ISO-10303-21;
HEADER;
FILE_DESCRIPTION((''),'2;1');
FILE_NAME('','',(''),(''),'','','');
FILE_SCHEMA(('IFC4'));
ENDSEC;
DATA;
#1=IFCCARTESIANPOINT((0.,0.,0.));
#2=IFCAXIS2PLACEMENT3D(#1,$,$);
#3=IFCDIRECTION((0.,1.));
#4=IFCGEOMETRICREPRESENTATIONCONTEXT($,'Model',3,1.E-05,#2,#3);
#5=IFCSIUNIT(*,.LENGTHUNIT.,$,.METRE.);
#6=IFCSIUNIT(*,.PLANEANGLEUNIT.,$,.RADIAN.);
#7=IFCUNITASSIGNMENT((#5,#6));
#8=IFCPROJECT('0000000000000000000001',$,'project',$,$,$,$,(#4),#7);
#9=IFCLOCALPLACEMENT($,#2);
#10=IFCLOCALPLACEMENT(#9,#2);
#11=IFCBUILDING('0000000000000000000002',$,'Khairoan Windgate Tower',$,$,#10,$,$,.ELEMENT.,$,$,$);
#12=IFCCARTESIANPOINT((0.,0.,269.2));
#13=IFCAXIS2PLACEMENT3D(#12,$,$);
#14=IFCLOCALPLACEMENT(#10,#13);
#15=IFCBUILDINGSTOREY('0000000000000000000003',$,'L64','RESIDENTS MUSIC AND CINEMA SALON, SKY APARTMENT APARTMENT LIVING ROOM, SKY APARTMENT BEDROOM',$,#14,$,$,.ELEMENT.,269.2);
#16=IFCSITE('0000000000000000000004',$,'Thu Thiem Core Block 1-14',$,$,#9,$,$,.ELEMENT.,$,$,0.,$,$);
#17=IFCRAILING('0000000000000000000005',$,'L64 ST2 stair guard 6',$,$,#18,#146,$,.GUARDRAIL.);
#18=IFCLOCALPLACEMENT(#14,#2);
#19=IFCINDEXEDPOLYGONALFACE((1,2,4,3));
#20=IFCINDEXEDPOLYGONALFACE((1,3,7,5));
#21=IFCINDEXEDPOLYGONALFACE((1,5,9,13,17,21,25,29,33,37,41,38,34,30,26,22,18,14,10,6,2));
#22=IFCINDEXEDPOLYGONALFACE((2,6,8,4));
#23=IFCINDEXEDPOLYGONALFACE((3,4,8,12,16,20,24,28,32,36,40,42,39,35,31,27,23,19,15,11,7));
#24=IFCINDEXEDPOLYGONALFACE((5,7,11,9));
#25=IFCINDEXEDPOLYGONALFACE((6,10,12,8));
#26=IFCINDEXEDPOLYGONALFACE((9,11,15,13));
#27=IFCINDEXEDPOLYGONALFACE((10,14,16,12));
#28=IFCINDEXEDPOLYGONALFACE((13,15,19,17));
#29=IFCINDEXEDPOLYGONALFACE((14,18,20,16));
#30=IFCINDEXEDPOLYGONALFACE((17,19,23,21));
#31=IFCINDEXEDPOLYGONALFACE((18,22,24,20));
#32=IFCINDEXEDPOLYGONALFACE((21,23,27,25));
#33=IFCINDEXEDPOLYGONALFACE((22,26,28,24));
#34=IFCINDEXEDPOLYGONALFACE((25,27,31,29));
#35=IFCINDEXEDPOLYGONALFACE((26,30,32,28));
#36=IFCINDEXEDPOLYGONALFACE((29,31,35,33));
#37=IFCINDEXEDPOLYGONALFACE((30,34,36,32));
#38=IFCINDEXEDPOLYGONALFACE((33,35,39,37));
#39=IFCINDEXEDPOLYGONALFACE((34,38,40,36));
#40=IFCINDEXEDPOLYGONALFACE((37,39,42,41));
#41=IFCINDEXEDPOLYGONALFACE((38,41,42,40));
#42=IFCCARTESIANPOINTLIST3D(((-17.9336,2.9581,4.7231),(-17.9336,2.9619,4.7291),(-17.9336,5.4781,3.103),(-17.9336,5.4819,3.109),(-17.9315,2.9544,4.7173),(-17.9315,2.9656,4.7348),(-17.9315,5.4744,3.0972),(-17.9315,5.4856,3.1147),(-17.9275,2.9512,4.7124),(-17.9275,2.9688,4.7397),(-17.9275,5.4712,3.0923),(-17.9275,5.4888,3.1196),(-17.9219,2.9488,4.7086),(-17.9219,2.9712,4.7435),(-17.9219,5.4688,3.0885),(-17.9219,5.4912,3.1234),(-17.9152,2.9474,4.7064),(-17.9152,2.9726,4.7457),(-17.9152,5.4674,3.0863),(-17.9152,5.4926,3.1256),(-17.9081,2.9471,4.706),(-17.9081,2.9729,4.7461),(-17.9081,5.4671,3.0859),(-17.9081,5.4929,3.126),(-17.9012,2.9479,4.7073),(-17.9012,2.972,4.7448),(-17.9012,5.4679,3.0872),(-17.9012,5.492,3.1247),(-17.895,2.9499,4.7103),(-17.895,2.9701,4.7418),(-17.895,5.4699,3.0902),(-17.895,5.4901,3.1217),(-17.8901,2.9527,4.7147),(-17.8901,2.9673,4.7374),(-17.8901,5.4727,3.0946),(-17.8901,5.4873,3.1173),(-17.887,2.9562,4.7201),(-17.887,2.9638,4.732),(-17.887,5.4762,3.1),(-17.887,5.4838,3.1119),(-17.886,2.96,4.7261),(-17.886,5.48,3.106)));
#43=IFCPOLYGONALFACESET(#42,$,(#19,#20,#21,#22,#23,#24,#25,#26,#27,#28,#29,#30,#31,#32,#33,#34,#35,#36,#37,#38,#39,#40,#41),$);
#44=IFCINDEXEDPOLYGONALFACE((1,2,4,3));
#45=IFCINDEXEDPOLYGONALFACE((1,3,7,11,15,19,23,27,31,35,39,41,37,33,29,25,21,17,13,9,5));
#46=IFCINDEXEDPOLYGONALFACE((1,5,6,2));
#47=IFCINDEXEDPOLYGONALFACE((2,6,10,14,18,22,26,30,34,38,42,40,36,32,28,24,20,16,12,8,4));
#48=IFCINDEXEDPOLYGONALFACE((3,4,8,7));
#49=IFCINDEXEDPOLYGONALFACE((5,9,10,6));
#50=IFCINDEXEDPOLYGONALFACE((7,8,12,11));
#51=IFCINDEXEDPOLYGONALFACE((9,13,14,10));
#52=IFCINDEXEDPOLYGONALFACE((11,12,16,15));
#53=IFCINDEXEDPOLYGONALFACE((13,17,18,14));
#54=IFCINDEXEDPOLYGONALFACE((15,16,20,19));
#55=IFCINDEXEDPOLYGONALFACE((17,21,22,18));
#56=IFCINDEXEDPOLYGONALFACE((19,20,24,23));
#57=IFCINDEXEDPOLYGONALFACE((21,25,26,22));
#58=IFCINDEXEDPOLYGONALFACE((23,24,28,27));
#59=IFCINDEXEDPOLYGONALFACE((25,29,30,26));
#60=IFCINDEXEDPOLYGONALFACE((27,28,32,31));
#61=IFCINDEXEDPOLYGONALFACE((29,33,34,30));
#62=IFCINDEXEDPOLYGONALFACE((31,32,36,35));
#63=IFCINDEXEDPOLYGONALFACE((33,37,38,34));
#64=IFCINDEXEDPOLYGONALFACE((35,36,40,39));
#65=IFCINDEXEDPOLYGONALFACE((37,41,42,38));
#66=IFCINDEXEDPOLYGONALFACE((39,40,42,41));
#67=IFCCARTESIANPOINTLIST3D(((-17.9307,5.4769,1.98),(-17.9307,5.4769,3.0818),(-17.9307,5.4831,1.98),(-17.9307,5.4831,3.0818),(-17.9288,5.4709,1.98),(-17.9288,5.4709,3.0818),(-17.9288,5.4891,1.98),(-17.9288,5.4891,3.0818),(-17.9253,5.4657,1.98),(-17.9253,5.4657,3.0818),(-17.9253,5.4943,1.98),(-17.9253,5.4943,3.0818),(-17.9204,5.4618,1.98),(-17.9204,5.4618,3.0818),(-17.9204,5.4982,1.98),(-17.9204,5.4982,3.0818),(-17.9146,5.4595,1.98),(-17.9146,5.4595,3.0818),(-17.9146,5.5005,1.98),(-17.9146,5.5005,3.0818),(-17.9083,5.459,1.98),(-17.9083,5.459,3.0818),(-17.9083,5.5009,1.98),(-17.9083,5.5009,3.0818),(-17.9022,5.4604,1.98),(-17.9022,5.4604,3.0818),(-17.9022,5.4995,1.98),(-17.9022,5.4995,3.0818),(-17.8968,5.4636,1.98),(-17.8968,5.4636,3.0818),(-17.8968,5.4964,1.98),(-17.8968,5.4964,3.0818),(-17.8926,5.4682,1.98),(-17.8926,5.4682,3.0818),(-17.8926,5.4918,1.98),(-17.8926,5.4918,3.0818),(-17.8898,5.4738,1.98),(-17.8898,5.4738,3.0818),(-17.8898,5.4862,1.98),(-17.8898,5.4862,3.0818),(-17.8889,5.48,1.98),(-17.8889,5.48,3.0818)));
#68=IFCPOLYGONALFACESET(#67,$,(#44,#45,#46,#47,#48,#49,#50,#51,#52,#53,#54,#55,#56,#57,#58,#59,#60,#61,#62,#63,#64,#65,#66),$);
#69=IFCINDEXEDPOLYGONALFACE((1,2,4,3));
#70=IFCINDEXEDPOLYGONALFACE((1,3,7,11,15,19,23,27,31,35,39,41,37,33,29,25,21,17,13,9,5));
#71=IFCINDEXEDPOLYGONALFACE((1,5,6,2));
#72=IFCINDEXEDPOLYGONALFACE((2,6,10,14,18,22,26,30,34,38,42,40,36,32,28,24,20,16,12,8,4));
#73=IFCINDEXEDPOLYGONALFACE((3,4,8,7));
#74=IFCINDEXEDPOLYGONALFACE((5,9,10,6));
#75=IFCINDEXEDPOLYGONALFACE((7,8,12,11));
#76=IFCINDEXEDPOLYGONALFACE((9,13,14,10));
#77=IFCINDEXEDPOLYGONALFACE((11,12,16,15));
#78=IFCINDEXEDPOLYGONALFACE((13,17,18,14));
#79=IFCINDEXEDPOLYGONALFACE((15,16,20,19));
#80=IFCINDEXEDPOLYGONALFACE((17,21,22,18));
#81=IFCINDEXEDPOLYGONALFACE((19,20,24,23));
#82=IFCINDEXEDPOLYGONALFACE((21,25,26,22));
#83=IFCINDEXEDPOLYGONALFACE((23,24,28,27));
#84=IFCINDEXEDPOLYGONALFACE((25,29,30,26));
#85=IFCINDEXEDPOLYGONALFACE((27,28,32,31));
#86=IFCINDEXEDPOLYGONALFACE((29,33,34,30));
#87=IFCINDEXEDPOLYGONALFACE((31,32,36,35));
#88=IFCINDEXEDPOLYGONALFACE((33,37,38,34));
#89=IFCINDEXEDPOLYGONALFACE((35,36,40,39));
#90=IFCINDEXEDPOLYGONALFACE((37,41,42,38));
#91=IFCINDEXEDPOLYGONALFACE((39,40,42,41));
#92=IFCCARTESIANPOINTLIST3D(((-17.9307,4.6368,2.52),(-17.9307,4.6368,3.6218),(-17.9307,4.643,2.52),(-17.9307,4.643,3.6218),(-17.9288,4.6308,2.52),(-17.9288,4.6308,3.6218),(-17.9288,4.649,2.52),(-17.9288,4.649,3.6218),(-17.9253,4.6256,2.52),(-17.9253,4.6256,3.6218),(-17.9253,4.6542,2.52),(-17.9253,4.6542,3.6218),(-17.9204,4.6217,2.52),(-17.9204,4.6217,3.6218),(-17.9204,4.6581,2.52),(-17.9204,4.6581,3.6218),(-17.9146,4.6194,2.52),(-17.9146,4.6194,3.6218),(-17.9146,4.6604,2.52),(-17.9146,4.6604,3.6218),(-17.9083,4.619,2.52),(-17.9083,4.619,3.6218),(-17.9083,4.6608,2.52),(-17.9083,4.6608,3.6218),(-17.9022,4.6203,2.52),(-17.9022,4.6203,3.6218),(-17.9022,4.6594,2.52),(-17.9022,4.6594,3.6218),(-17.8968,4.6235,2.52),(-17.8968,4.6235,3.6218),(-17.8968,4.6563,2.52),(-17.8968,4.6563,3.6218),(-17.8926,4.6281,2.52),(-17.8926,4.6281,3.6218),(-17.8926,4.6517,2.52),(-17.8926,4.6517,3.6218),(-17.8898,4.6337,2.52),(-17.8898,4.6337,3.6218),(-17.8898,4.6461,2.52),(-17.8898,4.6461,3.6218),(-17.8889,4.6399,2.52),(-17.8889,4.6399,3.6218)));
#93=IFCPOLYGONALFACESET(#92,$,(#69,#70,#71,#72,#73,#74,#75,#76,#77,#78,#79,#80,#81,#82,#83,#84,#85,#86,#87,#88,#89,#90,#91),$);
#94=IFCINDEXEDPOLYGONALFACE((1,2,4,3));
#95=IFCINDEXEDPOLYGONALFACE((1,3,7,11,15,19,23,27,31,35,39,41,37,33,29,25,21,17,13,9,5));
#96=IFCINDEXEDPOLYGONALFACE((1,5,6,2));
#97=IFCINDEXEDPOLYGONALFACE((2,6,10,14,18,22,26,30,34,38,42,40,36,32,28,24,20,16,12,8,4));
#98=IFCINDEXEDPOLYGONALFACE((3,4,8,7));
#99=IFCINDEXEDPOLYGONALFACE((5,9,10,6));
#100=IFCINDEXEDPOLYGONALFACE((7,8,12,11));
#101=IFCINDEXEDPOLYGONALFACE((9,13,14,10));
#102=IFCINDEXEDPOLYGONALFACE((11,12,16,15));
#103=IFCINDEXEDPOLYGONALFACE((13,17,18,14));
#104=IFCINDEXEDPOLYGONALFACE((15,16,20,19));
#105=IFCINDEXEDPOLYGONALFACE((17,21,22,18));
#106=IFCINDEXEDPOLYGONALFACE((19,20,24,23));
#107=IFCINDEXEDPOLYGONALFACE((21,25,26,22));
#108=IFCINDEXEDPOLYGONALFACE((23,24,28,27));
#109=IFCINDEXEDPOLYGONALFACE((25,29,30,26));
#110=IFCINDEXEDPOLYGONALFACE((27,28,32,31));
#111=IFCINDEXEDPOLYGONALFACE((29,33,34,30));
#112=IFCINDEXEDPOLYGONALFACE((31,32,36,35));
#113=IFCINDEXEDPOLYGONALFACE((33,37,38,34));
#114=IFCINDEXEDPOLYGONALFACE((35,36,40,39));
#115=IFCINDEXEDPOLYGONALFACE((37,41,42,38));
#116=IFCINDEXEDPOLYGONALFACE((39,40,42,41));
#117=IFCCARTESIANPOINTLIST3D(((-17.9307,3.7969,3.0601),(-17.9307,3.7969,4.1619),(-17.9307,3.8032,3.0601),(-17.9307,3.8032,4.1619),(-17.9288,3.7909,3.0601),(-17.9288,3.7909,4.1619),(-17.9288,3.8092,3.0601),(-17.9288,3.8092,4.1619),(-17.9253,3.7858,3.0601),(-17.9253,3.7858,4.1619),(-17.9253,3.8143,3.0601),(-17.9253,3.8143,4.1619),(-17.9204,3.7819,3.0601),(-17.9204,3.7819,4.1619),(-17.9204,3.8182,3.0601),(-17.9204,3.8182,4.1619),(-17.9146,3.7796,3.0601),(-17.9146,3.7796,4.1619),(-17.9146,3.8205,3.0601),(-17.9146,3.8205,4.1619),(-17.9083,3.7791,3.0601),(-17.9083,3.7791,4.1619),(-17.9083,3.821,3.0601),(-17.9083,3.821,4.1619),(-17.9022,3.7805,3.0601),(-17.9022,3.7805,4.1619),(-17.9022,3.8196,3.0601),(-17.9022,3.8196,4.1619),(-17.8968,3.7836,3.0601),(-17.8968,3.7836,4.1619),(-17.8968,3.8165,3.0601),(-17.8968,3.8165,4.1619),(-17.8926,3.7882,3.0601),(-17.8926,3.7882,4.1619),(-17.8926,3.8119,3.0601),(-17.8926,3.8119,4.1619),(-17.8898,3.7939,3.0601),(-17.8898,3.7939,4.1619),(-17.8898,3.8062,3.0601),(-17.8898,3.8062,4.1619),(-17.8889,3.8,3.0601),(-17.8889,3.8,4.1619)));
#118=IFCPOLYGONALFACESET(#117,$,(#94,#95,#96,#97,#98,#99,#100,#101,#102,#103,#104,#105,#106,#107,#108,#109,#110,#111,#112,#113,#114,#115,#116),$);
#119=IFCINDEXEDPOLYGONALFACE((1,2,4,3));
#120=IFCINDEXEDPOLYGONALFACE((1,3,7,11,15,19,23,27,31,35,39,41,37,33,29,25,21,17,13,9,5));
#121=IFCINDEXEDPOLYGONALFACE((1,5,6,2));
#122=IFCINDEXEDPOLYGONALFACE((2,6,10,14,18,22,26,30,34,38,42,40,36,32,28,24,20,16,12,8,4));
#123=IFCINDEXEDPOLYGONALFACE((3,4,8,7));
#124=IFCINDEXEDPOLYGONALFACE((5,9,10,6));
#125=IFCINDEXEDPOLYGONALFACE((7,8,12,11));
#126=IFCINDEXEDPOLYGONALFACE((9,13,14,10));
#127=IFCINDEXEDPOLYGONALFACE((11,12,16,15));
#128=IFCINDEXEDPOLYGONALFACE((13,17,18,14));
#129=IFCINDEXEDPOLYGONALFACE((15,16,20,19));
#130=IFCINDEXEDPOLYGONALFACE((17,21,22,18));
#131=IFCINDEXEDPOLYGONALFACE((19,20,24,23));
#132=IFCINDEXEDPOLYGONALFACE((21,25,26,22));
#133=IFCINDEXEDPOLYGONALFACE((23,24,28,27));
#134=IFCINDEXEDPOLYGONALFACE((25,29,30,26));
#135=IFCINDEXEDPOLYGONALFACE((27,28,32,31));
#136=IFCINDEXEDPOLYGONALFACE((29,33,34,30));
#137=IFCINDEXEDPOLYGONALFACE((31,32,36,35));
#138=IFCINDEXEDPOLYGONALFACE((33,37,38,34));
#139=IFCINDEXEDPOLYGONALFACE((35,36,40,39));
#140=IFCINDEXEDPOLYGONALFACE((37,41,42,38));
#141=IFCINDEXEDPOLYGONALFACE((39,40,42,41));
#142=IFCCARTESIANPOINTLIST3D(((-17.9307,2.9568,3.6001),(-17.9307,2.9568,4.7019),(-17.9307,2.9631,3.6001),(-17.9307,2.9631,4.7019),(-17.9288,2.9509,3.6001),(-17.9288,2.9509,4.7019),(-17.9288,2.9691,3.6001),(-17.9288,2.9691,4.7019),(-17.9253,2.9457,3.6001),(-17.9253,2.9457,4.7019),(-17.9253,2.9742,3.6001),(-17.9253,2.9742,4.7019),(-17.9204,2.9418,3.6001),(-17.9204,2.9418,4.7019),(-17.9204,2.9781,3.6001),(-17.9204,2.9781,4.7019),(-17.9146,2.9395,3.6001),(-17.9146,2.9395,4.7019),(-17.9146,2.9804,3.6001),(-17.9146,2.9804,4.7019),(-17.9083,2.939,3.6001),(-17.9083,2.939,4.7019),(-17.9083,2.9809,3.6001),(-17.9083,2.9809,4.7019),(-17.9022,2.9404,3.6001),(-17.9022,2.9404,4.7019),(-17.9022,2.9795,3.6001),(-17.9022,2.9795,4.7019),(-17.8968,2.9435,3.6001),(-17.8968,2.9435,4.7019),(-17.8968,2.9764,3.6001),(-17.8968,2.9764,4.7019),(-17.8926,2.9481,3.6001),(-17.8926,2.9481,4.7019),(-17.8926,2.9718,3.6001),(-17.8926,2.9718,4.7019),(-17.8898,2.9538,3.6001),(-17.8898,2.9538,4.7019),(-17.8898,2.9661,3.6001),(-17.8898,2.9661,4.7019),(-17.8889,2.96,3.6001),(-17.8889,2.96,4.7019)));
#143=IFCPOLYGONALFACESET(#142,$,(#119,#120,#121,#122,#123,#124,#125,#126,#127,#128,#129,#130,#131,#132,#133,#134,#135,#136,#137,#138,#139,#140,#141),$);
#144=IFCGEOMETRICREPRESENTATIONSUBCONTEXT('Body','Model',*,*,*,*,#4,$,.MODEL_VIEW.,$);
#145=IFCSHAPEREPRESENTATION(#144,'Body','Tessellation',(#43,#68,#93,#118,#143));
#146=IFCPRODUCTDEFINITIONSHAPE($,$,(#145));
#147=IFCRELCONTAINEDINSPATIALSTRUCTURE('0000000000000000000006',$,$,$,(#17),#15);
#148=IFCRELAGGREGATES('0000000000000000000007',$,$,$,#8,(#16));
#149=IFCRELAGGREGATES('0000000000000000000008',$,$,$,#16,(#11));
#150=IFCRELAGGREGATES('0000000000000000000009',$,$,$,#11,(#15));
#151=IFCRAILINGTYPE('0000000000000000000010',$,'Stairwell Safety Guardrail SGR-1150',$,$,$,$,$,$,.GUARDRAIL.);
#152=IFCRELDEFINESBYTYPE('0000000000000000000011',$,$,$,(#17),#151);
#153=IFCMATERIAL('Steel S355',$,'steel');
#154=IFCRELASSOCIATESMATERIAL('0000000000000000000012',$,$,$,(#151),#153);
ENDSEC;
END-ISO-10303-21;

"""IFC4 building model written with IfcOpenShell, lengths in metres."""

from ifc_helpers import new_model, si_unit, direction, frame, origin, origin_2d, place, context, subcontext, project, spatial, circle, extrude, material, type_object, element, save


model = new_model("IFC4")

# Units and contexts
model_context = context("Model", 3, precision=1e-05, world=origin(), true_north=direction((0.0, 1.0)))
body_context = subcontext(model_context, "Body", "Model", "MODEL_VIEW")
ifc_project = project(units=[si_unit("LENGTHUNIT", "METRE"), si_unit("PLANEANGLEUNIT", "RADIAN")], contexts=[model_context])

# Site, building, storey
site_placement = place(None, origin())
site = spatial("IfcSite", under=ifc_project, at=site_placement, Name="Thu Thiem Core Block 1-14", CompositionType="ELEMENT", RefElevation=0.0)
building_placement = place(site_placement, origin())
building = spatial("IfcBuilding", under=site, at=building_placement, Name="Khairoan Windgate Tower", CompositionType="ELEMENT")
storey_placement = place(building_placement, frame((0.0, 0.0, 269.2)))
storey = spatial("IfcBuildingStorey", under=building, at=storey_placement, Name="L64", Description="RESIDENTS MUSIC AND CINEMA SALON, SKY APARTMENT APARTMENT LIVING ROOM, SKY APARTMENT BEDROOM", CompositionType="ELEMENT", Elevation=269.2)

# Railing
ifc_material_1 = material(Name="Steel S355", Category="steel")
railing_type_1 = type_object("IfcRailingType", Name="Stairwell Safety Guardrail SGR-1150", PredefinedType="GUARDRAIL", material=ifc_material_1)
railing_1_placement = place(storey_placement, frame((-17.9099, 5.48, 1.98)))
element("IfcRailing", 1, at=railing_1_placement, inside=storey, type_object=railing_type_1, Name="L64 ST2 stair guard 6", PredefinedType="GUARDRAIL", context=body_context, shape_type="SweptSolid", body=[
    extrude(circle(Radius=0.0239, at=origin_2d()), frame((0.0, 0.0, 1.126), z_axis=(0.0, -0.841163, 0.540782), x_axis=(1.0, 0.0, 0.0)), (0.0, 0.0, 1.0), 2.9958),
    extrude(circle(Radius=0.021, at=origin_2d()), origin(), (0.0, 0.0, 1.0), 1.1018),
    extrude(circle(Radius=0.021, at=origin_2d()), frame((0.0, -0.8401, 0.54)), (0.0, 0.0, 1.0), 1.1018),
    extrude(circle(Radius=0.021, at=origin_2d()), frame((0.0, -1.6799, 1.0801)), (0.0, 0.0, 1.0), 1.1018),
    extrude(circle(Radius=0.021, at=origin_2d()), frame((0.0, -2.52, 1.6201)), (0.0, 0.0, 1.0), 1.1018),
])

save(model, "model.ifc")
